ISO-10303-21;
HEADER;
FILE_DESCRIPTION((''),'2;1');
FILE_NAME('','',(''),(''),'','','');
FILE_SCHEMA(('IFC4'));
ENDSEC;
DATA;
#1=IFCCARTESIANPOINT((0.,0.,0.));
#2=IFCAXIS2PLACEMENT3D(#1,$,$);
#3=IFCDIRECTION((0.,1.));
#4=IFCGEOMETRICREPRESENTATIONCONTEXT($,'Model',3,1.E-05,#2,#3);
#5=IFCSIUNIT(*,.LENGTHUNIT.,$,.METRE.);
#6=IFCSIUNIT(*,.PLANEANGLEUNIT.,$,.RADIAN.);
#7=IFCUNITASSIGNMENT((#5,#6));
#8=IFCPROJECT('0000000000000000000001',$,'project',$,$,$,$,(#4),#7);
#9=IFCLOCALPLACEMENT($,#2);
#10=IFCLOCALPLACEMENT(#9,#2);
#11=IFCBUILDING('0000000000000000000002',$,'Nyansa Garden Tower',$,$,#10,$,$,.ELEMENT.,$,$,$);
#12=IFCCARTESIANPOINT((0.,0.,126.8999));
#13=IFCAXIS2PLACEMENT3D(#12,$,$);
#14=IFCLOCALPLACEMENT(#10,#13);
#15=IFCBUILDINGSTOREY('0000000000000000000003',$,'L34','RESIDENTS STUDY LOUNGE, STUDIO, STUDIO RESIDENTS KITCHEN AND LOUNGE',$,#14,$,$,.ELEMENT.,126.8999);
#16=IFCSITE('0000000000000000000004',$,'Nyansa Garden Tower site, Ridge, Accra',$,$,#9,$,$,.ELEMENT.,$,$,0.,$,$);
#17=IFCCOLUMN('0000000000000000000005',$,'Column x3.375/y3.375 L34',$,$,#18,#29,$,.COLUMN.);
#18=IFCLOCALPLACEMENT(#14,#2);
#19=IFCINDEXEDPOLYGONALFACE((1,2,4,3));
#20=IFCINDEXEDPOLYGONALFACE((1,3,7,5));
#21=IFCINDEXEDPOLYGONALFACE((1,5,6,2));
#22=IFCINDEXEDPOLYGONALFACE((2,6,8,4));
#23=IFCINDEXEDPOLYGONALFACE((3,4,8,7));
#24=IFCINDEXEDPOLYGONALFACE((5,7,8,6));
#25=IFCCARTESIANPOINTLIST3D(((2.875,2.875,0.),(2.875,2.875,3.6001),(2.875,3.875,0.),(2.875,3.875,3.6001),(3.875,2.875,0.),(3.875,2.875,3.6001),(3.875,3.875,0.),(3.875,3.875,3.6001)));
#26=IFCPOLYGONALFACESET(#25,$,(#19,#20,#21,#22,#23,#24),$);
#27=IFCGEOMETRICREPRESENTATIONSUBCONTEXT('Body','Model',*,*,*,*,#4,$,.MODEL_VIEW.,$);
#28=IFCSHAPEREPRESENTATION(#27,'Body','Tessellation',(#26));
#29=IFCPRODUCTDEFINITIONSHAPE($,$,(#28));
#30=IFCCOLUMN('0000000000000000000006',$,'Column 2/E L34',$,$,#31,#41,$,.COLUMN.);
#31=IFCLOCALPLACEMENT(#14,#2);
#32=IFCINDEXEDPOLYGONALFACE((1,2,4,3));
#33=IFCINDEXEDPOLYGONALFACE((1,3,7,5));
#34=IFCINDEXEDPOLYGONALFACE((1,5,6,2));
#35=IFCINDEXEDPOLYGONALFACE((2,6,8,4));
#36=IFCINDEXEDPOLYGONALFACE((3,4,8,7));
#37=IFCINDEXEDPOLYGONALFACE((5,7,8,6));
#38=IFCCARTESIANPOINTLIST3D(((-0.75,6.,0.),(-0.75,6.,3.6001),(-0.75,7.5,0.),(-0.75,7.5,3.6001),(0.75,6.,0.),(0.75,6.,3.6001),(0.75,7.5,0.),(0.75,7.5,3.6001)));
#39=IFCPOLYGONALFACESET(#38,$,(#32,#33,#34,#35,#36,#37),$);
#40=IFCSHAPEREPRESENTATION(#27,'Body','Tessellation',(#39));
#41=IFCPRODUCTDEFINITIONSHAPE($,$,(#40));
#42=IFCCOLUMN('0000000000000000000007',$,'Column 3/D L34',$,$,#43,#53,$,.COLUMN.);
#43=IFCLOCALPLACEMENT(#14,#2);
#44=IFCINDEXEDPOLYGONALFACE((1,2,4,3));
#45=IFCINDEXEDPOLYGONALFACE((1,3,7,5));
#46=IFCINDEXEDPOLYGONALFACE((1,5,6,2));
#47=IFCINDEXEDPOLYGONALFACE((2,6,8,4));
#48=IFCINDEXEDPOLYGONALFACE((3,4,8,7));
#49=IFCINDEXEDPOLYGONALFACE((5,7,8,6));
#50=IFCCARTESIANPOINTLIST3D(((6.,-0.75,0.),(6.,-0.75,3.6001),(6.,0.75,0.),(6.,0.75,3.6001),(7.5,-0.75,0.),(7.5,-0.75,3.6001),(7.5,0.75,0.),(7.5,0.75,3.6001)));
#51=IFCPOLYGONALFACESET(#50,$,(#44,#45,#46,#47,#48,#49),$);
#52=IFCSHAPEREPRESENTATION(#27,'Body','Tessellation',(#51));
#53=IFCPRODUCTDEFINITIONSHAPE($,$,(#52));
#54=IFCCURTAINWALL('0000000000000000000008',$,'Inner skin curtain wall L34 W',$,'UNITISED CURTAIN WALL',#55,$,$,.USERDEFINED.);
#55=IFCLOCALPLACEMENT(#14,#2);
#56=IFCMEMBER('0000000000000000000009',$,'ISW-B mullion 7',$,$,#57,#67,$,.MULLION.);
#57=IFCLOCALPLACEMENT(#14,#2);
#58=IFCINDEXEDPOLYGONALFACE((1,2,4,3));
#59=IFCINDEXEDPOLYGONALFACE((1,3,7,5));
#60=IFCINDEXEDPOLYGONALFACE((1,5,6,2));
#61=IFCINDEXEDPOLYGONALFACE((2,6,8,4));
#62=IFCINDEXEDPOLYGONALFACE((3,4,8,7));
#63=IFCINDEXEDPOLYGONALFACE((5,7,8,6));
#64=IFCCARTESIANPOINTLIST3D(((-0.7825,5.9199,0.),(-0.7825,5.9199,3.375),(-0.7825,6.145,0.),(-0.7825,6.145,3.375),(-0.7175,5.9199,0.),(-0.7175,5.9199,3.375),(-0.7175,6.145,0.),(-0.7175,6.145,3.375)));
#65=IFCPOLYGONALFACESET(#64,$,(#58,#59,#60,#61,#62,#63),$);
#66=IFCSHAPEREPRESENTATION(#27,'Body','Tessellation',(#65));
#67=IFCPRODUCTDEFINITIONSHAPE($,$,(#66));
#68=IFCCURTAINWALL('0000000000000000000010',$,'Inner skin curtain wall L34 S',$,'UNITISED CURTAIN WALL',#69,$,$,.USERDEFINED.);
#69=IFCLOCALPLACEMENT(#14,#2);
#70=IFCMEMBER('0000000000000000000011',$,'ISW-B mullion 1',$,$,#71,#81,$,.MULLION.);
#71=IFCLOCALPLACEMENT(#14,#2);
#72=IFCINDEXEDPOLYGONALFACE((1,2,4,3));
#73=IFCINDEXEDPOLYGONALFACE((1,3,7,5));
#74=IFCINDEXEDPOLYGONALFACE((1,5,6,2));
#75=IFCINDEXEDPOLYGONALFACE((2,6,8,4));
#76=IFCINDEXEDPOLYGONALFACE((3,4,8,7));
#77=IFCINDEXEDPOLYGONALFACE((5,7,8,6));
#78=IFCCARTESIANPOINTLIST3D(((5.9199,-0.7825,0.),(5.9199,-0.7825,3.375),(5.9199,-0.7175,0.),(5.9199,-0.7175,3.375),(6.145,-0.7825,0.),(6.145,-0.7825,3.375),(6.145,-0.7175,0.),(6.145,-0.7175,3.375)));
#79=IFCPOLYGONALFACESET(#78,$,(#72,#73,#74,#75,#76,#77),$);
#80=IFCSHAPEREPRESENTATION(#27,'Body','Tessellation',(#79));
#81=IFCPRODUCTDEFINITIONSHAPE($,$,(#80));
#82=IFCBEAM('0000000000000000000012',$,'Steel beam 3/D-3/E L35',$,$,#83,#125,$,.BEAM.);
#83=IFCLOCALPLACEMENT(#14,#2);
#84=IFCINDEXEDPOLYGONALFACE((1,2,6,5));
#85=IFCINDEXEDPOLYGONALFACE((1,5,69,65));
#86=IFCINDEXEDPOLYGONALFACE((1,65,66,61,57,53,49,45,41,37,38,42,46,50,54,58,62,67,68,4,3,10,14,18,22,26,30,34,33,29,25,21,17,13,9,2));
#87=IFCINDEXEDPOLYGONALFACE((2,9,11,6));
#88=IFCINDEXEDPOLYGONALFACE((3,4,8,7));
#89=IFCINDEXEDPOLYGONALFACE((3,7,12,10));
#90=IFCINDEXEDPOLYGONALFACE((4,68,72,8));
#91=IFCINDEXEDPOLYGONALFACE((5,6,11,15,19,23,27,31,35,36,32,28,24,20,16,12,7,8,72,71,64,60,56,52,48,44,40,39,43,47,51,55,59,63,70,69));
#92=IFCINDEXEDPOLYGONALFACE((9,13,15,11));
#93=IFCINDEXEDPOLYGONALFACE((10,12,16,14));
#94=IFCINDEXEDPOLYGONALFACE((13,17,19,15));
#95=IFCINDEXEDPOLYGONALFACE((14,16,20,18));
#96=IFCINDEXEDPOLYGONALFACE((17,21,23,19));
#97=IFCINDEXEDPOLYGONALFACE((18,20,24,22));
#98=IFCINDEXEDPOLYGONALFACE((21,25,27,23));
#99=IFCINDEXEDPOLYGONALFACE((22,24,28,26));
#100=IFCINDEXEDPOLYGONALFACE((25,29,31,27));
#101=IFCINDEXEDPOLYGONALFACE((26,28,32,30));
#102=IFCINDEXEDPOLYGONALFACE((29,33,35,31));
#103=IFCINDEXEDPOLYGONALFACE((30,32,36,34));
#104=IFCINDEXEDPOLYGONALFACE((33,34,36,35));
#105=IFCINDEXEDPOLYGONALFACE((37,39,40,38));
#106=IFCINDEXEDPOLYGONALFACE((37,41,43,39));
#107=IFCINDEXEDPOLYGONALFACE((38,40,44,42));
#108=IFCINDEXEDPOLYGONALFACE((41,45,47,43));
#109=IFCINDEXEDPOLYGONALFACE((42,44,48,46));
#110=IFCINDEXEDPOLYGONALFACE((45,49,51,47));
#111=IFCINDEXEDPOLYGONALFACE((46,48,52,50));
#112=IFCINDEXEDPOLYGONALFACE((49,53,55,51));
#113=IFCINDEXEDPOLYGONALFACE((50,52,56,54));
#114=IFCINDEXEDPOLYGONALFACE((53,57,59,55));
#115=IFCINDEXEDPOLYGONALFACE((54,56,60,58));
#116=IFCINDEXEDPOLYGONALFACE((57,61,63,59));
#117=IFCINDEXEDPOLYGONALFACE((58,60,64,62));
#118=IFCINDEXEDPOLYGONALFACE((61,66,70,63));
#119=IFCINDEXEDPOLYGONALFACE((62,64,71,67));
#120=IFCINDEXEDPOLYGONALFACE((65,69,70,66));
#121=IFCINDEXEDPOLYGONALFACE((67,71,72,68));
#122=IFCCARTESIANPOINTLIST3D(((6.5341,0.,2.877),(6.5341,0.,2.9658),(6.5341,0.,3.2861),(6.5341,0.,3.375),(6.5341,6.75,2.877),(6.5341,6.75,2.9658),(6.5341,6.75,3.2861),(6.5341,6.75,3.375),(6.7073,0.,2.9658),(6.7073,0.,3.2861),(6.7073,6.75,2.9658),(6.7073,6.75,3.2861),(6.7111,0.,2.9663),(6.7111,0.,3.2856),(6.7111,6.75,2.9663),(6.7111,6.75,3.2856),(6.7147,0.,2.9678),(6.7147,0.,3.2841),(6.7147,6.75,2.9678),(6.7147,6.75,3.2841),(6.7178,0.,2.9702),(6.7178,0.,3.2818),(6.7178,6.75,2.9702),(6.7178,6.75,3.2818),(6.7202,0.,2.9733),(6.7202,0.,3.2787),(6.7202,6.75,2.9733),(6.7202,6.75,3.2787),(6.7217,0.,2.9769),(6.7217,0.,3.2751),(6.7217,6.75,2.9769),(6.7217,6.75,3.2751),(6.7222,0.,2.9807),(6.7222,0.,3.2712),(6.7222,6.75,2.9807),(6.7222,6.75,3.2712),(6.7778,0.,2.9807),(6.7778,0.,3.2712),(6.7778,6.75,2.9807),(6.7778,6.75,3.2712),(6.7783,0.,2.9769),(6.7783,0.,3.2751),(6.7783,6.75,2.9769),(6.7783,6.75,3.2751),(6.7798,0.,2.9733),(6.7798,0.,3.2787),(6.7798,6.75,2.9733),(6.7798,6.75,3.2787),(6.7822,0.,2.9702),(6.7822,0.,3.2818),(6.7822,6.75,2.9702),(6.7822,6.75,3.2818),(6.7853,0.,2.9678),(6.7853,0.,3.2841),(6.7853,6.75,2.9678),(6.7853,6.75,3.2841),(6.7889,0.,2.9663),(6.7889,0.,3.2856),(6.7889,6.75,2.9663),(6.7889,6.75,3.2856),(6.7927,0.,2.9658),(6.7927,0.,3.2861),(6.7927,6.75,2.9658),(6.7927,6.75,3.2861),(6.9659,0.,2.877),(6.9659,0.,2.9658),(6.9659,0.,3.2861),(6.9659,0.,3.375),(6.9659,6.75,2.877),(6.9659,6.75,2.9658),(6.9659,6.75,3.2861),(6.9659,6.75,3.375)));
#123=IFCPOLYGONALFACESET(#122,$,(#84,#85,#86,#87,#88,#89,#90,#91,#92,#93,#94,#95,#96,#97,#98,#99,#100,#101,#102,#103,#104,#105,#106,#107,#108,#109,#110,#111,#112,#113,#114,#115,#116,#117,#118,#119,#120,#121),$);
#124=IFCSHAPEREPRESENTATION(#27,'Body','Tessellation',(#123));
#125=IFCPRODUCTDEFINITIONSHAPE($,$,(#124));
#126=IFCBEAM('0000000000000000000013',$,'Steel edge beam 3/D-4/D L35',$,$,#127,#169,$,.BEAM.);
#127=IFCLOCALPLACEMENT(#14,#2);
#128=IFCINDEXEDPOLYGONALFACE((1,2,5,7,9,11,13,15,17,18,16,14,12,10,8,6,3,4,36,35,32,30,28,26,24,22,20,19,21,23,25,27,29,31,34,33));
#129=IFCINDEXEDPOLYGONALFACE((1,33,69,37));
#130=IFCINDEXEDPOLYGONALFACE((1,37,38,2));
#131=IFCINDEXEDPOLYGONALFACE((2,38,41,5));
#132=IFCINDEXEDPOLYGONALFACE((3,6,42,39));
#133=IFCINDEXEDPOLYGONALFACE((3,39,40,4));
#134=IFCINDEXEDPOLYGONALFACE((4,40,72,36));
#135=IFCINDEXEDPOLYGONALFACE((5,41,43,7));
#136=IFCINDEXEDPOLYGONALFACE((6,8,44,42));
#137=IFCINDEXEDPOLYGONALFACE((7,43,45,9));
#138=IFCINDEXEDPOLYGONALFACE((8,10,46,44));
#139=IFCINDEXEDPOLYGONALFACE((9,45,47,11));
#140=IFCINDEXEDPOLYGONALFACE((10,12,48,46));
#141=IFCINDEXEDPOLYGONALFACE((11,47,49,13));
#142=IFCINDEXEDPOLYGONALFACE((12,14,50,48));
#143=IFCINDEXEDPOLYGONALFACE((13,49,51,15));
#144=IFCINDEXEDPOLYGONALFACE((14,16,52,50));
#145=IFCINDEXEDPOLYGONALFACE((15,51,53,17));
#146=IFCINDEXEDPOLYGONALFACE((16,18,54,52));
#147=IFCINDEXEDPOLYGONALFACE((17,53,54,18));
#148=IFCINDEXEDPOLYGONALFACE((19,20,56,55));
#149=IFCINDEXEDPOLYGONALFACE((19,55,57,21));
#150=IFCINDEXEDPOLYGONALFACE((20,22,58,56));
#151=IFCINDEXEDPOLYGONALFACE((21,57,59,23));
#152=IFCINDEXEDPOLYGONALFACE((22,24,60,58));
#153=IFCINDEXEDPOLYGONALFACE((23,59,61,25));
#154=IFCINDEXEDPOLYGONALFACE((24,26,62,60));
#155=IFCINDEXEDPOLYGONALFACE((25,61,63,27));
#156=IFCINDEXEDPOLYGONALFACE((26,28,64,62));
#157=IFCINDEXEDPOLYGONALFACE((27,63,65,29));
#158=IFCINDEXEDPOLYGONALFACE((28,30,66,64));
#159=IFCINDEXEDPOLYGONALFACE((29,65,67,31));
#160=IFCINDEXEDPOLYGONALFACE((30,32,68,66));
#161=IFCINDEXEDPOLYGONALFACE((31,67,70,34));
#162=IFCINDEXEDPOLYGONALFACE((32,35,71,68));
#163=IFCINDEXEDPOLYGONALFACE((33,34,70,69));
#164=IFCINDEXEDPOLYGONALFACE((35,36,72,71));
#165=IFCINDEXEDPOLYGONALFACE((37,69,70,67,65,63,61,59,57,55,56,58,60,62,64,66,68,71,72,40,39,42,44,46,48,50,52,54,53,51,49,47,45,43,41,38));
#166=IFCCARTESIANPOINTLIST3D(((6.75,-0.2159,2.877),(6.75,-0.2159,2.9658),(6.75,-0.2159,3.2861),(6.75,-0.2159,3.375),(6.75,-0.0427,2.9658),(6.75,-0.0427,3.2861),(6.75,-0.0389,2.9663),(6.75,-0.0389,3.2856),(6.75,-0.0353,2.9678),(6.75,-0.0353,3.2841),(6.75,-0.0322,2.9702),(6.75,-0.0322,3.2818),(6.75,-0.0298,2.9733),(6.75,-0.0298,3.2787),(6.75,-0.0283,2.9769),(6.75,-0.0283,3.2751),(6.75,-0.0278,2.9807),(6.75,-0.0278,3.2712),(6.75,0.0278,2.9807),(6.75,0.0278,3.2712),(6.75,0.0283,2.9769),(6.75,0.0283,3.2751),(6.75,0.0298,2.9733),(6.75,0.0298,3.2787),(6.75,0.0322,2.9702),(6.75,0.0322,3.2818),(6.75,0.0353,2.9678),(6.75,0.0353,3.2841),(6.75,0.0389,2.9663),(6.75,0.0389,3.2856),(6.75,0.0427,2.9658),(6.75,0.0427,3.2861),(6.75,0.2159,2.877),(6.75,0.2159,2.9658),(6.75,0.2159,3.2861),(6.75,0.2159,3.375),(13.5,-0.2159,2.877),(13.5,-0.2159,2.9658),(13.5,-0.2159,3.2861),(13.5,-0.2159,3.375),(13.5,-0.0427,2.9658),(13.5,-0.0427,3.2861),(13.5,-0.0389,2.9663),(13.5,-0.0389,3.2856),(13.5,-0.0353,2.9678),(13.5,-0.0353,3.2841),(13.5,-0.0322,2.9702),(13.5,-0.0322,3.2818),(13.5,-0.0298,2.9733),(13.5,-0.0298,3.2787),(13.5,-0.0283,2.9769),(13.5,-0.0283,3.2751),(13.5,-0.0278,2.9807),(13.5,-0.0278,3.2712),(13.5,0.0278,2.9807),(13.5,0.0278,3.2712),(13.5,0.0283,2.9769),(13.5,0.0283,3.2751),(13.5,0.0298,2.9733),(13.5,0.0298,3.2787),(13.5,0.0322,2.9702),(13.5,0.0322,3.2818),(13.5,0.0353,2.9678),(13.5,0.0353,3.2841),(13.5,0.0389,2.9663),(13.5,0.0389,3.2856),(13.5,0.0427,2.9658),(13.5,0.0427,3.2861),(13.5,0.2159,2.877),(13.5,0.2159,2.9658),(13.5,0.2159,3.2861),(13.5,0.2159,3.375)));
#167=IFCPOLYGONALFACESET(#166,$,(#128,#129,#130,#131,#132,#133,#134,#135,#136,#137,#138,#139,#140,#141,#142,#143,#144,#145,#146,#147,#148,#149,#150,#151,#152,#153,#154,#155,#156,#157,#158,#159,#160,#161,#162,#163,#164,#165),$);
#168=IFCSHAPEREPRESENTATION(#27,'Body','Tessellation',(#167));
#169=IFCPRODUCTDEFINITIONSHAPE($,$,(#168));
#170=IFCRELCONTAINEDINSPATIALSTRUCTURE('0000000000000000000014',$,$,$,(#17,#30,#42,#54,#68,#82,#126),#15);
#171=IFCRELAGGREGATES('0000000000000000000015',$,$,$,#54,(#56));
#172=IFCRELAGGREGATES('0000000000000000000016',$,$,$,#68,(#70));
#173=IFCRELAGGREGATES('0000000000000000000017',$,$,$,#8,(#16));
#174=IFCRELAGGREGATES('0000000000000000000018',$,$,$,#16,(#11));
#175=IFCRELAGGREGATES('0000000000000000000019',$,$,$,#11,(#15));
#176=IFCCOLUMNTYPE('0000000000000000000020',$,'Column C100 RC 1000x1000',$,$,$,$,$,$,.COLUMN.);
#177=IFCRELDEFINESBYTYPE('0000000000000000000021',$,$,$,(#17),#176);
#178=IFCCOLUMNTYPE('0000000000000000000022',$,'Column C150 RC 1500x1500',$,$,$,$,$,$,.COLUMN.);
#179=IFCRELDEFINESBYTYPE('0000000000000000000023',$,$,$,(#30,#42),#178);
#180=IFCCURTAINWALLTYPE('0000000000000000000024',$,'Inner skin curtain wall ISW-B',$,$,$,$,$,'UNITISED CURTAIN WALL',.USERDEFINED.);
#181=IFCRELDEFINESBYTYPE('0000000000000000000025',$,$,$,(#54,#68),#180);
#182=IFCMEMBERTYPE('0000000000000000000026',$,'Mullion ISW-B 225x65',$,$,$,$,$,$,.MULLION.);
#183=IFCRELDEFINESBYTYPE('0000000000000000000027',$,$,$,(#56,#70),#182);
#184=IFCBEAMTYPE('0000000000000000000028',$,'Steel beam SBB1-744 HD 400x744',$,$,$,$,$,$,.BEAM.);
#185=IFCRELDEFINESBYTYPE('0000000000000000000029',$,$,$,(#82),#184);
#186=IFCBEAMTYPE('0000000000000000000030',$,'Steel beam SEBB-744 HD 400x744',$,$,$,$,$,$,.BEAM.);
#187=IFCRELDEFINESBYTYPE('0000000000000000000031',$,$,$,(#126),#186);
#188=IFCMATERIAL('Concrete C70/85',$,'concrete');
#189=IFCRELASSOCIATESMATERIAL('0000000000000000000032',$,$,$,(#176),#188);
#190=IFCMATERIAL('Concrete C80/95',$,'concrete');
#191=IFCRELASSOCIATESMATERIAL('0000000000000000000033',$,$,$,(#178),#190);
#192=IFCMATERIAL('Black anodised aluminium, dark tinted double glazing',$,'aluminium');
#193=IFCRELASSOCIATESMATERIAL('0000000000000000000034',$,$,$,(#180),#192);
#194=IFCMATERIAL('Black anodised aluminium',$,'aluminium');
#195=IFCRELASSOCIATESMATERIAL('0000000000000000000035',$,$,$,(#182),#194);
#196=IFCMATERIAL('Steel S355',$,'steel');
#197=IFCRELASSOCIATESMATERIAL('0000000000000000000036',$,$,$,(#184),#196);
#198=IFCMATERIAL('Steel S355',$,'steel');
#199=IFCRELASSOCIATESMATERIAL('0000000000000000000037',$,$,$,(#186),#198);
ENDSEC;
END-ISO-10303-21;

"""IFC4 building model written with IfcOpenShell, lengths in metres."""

from ifc_helpers import new_model, si_unit, direction, frame, origin, origin_2d, place, context, subcontext, project, spatial, rectangle, i_section, extrude, material, material_profile, profile_set, type_object, element, aggregate, save


model = new_model("IFC4")

# Units and contexts
model_context = context("Model", 3, precision=1e-05, world=origin(), true_north=direction((0.0, 1.0)))
body_context = subcontext(model_context, "Body", "Model", "MODEL_VIEW")
ifc_project = project(units=[si_unit("LENGTHUNIT", "METRE"), si_unit("PLANEANGLEUNIT", "RADIAN")], contexts=[model_context])

# Site, building, storey
site_placement = place(None, origin())
site = spatial("IfcSite", under=ifc_project, at=site_placement, Name="Nyansa Garden Tower site, Ridge, Accra", CompositionType="ELEMENT", RefElevation=0.0)
building_placement = place(site_placement, origin())
building = spatial("IfcBuilding", under=site, at=building_placement, Name="Nyansa Garden Tower", CompositionType="ELEMENT")
storey_placement = place(building_placement, frame((0.0, 0.0, 126.8999)))
storey = spatial("IfcBuildingStorey", under=building, at=storey_placement, Name="L34", Description="RESIDENTS STUDY LOUNGE, STUDIO, STUDIO RESIDENTS KITCHEN AND LOUNGE", CompositionType="ELEMENT", Elevation=126.8999)

# Columns
ifc_material_1 = material(Name="Concrete C70/85", Category="concrete")
ifc_material_profile_1 = material_profile(ifc_material_1, rectangle(XDim=1.0, YDim=1.0, at=origin_2d()), Name="RC 1000x1000")
ifc_profile_set_1 = profile_set([ifc_material_profile_1], Name="Concrete C70/85")
column_type_1 = type_object("IfcColumnType", Name="Column C100 RC 1000x1000", PredefinedType="COLUMN", material=ifc_profile_set_1)
column_placement = place(storey_placement, frame((3.375, 3.375, 0.0), z_axis=(0.0, 0.0, 1.0), x_axis=(1.0, 0.0, 0.0)))
element("IfcColumn", 1, at=column_placement, inside=storey, type_object=column_type_1, Name="Column x3.375/y3.375 L34", PredefinedType="COLUMN", context=body_context, shape_type="SweptSolid", body=[
    extrude(rectangle(XDim=1.0, YDim=1.0, at=origin_2d()), origin(), (0.0, 0.0, 1.0), 3.6001),
])
ifc_material_2 = material(Name="Concrete C80/95", Category="concrete")
ifc_material_profile_2 = material_profile(ifc_material_2, rectangle(XDim=1.5, YDim=1.5, at=origin_2d()), Name="RC 1500x1500")
ifc_profile_set_2 = profile_set([ifc_material_profile_2], Name="Concrete C80/95")
column_type_2 = type_object("IfcColumnType", Name="Column C150 RC 1500x1500", PredefinedType="COLUMN", material=ifc_profile_set_2)
for number, where, z_axis, x_axis, name in (
    (2, (0.0, 6.75, 0.0), (0.0, 0.0, 1.0), (1.0, 0.0, 0.0), "Column 2/E L34"),
    (3, (6.75, 0.0, 0.0), (0.0, 0.0, 1.0), (1.0, 0.0, 0.0), "Column 3/D L34"),
):
    element("IfcColumn", number, at=place(storey_placement, frame(where, z_axis=z_axis, x_axis=x_axis)), inside=storey, type_object=column_type_2, Name=name, PredefinedType="COLUMN", context=body_context, shape_type="SweptSolid", body=[
        extrude(rectangle(XDim=1.5, YDim=1.5, at=origin_2d()), origin(), (0.0, 0.0, 1.0), 3.6001),
    ])

# Curtain walls, members
ifc_material_3 = material(Name="Black anodised aluminium, dark tinted double glazing", Category="aluminium")
curtain_wall_type = type_object("IfcCurtainWallType", Name="Inner skin curtain wall ISW-B", ElementType="UNITISED CURTAIN WALL", PredefinedType="USERDEFINED", material=ifc_material_3)
curtain_wall_1_placement = place(storey_placement, origin())
curtain_wall_1 = element("IfcCurtainWall", 4, at=curtain_wall_1_placement, inside=storey, type_object=curtain_wall_type, Name="Inner skin curtain wall L34 W", ObjectType="UNITISED CURTAIN WALL", PredefinedType="USERDEFINED")
ifc_material_4 = material(Name="Black anodised aluminium", Category="aluminium")
ifc_material_profile_3 = material_profile(ifc_material_4, rectangle(XDim=0.0649, YDim=0.2251, at=origin_2d()), Name="Mullion 225x65")
ifc_profile_set_3 = profile_set([ifc_material_profile_3], Name="Black anodised aluminium")
member_type_1 = type_object("IfcMemberType", Name="Mullion ISW-B 225x65", PredefinedType="MULLION", material=ifc_profile_set_3)
member_1_placement = place(storey_placement, frame((-0.75, 6.0325, 0.0), z_axis=(0.0, 0.0, 1.0), x_axis=(1.0, 0.0, 0.0)))
member_1 = element("IfcMember", 5, at=member_1_placement, type_object=member_type_1, Name="ISW-B mullion 7", PredefinedType="MULLION", context=body_context, shape_type="SweptSolid", body=[
    extrude(rectangle(XDim=0.0649, YDim=0.2251, at=origin_2d()), origin(), (0.0, 0.0, 1.0), 3.375),
])
aggregate(curtain_wall_1, [member_1])
curtain_wall_2_placement = place(storey_placement, origin())
curtain_wall_2 = element("IfcCurtainWall", 6, at=curtain_wall_2_placement, inside=storey, type_object=curtain_wall_type, Name="Inner skin curtain wall L34 S", ObjectType="UNITISED CURTAIN WALL", PredefinedType="USERDEFINED")
member_2_placement = place(storey_placement, frame((6.0325, -0.75, 0.0), z_axis=(0.0, 0.0, 1.0), x_axis=(0.0, 1.0, 0.0)))
member_2 = element("IfcMember", 7, at=member_2_placement, type_object=member_type_1, Name="ISW-B mullion 1", PredefinedType="MULLION", context=body_context, shape_type="SweptSolid", body=[
    extrude(rectangle(XDim=0.0649, YDim=0.2251, at=origin_2d()), origin(), (0.0, 0.0, 1.0), 3.375),
])

# Beams
ifc_material_5 = material(Name="Steel S355", Category="steel")
ifc_material_profile_4 = material_profile(ifc_material_5, i_section(OverallWidth=0.4319, OverallDepth=0.498, WebThickness=0.0557, FlangeThickness=0.0889, FilletRadius=0.0149, at=origin_2d()), Name="HD 400x744")
ifc_profile_set_4 = profile_set([ifc_material_profile_4], Name="Steel S355")
beam_type_1 = type_object("IfcBeamType", Name="Steel beam SBB1-744 HD 400x744", PredefinedType="BEAM", material=ifc_profile_set_4)
beam_1_placement = place(storey_placement, frame((6.75, 0.0, 3.126), z_axis=(0.0, 1.0, 0.0), x_axis=(-1.0, 0.0, 0.0)))
element("IfcBeam", 8, at=beam_1_placement, inside=storey, type_object=beam_type_1, Name="Steel beam 3/D-3/E L35", PredefinedType="BEAM", context=body_context, shape_type="SweptSolid", body=[
    extrude(i_section(OverallWidth=0.4319, OverallDepth=0.498, WebThickness=0.0557, FlangeThickness=0.0889, FilletRadius=0.0149, at=origin_2d()), origin(), (0.0, 0.0, 1.0), 6.75),
])
ifc_material_6 = material(Name="Steel S355", Category="steel")
ifc_material_profile_5 = material_profile(ifc_material_6, i_section(OverallWidth=0.4319, OverallDepth=0.498, WebThickness=0.0557, FlangeThickness=0.0889, FilletRadius=0.0149, at=origin_2d()), Name="HD 400x744")
ifc_profile_set_5 = profile_set([ifc_material_profile_5], Name="Steel S355")
beam_type_2 = type_object("IfcBeamType", Name="Steel beam SEBB-744 HD 400x744", PredefinedType="BEAM", material=ifc_profile_set_5)
beam_2_placement = place(storey_placement, frame((6.75, 0.0, 3.126), z_axis=(1.0, 0.0, 0.0), x_axis=(0.0, 1.0, 0.0)))
element("IfcBeam", 9, at=beam_2_placement, inside=storey, type_object=beam_type_2, Name="Steel edge beam 3/D-4/D L35", PredefinedType="BEAM", context=body_context, shape_type="SweptSolid", body=[
    extrude(i_section(OverallWidth=0.4319, OverallDepth=0.498, WebThickness=0.0557, FlangeThickness=0.0889, FilletRadius=0.0149, at=origin_2d()), origin(), (0.0, 0.0, 1.0), 6.75),
])

aggregate(curtain_wall_2, [member_2])

save(model, "model.ifc")
